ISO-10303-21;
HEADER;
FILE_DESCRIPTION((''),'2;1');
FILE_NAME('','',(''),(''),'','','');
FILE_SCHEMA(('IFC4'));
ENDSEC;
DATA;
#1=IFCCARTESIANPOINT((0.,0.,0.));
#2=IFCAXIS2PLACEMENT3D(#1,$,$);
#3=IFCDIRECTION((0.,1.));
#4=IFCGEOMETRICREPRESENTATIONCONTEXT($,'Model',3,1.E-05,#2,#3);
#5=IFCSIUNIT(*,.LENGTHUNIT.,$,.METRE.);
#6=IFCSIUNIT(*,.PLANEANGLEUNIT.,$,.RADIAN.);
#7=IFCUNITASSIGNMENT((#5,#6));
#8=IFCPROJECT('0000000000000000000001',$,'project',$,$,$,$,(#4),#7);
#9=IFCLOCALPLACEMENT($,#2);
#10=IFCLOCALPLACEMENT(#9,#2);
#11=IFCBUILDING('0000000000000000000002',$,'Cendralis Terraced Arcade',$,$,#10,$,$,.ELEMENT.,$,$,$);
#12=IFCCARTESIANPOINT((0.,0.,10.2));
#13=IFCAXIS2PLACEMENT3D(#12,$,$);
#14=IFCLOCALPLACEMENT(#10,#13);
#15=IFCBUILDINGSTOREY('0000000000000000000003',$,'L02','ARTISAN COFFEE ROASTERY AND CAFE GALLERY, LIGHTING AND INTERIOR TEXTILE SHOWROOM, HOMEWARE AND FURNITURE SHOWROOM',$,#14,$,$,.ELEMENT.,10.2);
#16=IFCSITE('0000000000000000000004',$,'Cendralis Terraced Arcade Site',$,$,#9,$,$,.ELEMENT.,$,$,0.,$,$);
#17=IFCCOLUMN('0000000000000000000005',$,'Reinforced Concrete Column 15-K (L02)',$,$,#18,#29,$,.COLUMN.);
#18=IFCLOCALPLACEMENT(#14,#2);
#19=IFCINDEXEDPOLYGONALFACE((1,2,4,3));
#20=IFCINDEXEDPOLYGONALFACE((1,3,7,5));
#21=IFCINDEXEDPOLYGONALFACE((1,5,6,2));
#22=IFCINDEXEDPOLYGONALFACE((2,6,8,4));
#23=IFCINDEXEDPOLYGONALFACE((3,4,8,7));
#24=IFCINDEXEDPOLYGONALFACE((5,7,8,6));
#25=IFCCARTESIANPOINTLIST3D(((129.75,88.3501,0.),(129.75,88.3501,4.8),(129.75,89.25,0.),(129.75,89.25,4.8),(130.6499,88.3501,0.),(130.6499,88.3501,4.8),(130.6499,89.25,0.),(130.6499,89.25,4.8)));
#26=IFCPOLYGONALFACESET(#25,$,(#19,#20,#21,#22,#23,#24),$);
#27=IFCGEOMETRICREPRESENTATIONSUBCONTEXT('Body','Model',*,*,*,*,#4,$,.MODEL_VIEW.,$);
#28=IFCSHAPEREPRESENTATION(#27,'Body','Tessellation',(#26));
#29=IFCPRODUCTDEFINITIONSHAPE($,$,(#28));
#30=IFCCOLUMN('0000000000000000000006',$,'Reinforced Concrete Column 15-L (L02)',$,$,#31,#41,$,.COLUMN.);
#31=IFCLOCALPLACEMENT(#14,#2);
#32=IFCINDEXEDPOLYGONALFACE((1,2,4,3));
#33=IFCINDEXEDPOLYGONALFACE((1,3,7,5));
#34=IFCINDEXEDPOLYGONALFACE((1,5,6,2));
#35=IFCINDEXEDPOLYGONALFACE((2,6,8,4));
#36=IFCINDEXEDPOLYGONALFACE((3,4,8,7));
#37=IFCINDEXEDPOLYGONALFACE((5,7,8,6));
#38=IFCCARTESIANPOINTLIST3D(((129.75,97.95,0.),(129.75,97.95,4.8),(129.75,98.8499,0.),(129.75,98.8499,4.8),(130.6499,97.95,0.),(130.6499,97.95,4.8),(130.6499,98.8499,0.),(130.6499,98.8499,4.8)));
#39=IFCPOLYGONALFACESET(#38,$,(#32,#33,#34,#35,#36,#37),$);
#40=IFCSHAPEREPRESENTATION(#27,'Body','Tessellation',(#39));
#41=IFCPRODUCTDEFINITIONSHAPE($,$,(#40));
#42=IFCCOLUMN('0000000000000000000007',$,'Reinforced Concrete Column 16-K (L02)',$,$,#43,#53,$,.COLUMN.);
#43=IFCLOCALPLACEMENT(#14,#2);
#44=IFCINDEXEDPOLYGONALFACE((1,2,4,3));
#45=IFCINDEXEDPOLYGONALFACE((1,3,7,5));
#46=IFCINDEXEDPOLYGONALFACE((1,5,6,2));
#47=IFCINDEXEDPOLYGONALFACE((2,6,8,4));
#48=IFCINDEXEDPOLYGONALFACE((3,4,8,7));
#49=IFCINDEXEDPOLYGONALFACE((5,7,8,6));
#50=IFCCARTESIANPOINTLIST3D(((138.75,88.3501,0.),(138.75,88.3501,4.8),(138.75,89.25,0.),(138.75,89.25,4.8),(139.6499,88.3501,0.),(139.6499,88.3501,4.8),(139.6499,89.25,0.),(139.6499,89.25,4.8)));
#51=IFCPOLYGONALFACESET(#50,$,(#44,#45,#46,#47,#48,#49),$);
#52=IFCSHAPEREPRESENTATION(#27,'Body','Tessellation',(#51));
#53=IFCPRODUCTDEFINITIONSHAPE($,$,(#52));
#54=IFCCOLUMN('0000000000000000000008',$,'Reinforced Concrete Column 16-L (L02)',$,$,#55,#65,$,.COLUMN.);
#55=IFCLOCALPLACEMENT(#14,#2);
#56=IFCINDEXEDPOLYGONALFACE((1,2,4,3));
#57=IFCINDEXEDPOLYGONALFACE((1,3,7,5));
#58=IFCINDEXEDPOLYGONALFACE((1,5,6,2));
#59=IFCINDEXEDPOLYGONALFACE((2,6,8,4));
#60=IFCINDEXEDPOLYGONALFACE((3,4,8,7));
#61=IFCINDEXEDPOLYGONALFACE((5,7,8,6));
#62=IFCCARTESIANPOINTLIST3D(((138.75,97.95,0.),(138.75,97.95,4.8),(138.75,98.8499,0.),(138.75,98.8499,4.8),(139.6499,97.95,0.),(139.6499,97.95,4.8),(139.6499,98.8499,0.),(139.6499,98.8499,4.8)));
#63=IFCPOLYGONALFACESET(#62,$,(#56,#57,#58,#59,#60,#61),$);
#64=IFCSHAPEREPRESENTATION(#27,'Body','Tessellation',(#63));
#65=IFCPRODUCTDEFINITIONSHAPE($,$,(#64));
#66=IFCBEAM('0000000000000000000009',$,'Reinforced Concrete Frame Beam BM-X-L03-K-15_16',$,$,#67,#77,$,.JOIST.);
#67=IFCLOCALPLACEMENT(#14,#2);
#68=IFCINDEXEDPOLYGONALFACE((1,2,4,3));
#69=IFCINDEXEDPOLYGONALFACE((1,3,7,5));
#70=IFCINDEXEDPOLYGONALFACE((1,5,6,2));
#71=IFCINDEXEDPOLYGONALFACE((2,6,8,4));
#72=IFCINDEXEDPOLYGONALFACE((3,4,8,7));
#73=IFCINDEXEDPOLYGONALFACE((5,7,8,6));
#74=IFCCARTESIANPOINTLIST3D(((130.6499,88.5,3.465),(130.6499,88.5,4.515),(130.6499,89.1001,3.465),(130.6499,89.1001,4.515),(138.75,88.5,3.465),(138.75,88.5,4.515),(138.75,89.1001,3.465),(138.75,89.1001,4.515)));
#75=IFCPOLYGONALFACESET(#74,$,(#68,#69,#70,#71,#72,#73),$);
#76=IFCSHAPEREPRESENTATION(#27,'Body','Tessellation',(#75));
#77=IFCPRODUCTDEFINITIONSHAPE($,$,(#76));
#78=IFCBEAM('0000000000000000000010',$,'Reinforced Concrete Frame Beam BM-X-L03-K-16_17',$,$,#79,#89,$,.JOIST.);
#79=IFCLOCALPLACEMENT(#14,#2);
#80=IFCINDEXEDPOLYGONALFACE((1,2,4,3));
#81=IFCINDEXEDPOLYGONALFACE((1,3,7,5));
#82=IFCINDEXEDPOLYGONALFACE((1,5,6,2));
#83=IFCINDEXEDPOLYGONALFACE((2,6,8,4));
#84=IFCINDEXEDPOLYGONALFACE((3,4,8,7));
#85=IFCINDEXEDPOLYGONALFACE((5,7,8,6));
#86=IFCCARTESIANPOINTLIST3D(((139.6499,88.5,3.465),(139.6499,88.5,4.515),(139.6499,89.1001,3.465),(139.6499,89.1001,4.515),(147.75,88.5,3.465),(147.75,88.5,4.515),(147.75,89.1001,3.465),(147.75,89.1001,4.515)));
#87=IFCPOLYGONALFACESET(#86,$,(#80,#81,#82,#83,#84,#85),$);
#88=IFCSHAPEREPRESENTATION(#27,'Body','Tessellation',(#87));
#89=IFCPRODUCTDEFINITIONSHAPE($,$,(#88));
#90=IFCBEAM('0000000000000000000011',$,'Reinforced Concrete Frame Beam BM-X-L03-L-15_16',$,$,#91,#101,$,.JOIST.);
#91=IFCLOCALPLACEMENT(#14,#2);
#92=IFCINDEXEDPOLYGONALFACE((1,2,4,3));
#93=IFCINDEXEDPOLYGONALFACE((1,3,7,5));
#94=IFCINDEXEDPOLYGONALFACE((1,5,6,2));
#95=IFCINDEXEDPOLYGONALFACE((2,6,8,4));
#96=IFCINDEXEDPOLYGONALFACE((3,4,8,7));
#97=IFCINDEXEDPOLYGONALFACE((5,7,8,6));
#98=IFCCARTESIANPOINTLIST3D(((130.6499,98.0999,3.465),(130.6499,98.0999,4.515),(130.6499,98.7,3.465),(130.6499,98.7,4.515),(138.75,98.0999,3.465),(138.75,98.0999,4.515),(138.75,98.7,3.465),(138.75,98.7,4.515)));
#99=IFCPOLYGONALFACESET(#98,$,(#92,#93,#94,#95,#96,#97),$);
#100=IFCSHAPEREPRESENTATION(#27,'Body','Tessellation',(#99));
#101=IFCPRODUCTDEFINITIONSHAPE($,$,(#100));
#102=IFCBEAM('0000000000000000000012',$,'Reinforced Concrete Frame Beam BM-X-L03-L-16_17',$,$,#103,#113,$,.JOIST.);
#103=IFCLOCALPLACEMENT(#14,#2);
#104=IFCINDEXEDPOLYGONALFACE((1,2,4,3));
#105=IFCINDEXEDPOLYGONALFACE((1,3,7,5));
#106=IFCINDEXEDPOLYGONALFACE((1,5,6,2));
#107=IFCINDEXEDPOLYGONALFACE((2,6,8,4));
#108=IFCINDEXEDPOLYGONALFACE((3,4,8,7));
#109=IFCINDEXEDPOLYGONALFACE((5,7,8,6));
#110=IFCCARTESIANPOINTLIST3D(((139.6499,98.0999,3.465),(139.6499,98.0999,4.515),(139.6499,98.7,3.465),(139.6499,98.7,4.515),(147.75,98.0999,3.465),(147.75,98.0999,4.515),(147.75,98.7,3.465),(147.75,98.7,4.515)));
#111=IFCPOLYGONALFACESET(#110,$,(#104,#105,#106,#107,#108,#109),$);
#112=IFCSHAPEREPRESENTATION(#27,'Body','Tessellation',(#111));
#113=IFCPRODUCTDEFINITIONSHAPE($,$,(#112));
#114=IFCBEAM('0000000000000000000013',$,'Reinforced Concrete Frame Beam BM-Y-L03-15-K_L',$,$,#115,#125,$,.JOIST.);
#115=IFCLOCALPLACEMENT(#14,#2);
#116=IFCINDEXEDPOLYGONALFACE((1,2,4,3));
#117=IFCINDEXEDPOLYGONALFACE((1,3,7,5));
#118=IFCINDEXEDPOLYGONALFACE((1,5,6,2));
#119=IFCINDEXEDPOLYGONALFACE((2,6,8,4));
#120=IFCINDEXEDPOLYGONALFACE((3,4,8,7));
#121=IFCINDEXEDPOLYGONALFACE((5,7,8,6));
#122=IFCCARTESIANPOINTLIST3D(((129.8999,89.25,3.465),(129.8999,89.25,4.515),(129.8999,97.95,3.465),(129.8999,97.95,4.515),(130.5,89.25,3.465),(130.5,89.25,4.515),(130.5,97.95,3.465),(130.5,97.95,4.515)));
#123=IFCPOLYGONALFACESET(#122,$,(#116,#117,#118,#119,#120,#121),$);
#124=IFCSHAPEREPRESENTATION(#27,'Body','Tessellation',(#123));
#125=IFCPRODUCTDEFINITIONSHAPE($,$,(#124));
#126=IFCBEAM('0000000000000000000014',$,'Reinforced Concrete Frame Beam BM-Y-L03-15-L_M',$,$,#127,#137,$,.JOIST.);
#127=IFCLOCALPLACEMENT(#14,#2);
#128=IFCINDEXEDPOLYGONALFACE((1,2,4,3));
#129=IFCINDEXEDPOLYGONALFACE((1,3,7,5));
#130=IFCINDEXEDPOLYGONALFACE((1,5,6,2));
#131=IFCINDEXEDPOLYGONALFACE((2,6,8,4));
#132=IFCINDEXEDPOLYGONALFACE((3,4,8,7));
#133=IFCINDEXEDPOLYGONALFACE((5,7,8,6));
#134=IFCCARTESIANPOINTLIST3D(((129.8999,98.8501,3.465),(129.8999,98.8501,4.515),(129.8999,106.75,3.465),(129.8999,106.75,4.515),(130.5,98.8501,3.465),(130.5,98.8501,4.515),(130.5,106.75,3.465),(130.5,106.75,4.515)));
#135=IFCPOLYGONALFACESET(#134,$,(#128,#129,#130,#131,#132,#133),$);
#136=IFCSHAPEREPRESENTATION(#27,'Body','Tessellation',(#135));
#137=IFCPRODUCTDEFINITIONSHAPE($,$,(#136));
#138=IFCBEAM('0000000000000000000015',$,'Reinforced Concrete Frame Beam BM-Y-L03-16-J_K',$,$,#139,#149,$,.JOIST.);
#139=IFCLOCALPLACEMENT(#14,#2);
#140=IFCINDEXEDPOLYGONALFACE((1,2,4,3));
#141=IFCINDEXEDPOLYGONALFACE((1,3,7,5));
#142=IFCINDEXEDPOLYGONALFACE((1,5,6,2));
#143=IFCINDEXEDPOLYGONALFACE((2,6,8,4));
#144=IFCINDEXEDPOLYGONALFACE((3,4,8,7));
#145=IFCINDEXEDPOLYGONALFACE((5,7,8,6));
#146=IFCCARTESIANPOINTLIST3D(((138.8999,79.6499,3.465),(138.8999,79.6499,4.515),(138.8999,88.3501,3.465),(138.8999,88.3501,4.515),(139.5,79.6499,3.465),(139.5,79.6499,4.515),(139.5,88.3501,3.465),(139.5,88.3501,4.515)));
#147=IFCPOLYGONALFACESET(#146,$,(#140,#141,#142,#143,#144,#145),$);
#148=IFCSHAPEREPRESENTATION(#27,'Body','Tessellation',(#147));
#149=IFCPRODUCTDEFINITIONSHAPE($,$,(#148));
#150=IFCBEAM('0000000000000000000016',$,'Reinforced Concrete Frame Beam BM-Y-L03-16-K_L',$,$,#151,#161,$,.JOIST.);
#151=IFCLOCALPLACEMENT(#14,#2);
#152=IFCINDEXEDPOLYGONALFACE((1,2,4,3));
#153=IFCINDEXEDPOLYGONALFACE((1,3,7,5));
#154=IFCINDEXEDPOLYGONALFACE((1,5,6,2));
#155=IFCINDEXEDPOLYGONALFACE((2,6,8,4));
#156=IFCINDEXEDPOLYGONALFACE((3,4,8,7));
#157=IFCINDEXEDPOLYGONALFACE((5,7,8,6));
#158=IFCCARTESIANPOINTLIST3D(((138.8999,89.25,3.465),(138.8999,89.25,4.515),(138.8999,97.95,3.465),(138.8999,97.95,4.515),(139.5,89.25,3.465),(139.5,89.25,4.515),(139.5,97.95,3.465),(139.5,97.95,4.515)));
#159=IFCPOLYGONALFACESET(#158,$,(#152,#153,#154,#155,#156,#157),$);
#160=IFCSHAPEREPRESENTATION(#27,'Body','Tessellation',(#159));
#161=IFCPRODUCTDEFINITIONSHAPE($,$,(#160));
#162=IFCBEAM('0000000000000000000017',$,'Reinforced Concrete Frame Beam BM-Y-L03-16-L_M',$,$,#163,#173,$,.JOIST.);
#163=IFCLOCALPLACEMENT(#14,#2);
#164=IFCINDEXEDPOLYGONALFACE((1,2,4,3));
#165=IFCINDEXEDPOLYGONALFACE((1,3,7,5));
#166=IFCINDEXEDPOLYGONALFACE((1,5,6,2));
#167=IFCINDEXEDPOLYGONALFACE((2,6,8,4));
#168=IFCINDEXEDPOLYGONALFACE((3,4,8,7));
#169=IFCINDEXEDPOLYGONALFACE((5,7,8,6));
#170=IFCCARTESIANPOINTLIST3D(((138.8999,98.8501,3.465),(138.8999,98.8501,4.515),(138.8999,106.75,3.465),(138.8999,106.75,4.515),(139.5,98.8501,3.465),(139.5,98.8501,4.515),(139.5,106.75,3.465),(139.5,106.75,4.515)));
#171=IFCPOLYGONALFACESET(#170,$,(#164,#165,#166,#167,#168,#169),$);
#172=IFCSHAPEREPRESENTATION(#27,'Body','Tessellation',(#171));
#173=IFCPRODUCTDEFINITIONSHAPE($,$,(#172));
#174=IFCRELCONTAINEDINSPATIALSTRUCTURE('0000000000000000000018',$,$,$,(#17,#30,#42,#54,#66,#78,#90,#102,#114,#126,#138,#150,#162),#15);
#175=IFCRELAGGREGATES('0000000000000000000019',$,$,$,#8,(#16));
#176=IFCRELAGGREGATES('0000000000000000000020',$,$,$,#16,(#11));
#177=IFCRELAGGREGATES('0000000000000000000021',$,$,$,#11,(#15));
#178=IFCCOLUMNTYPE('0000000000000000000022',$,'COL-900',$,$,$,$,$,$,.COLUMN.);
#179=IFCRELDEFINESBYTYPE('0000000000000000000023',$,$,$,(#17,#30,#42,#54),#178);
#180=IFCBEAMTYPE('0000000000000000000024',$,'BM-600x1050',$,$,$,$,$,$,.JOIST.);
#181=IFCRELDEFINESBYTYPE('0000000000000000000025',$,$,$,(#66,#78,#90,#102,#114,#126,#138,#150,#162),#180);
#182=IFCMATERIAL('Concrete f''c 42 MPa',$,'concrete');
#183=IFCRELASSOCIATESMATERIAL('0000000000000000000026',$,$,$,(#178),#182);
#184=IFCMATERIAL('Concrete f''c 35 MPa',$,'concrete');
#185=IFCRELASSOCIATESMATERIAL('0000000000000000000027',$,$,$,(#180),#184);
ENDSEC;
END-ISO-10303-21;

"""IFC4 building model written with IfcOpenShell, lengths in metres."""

from ifc_helpers import new_model, si_unit, direction, frame, origin, origin_2d, place, context, subcontext, project, spatial, rectangle, extrude, material, material_profile, profile_set, type_object, element, save


model = new_model("IFC4")

# Units and contexts
model_context = context("Model", 3, precision=1e-05, world=origin(), true_north=direction((0.0, 1.0)))
body_context = subcontext(model_context, "Body", "Model", "MODEL_VIEW")
ifc_project = project(units=[si_unit("LENGTHUNIT", "METRE"), si_unit("PLANEANGLEUNIT", "RADIAN")], contexts=[model_context])

# Site, building, storey
site_placement = place(None, origin())
site = spatial("IfcSite", under=ifc_project, at=site_placement, Name="Cendralis Terraced Arcade Site", CompositionType="ELEMENT", RefElevation=0.0)
building_placement = place(site_placement, origin())
building = spatial("IfcBuilding", under=site, at=building_placement, Name="Cendralis Terraced Arcade", CompositionType="ELEMENT")
storey_placement = place(building_placement, frame((0.0, 0.0, 10.2)))
storey = spatial("IfcBuildingStorey", under=building, at=storey_placement, Name="L02", Description="ARTISAN COFFEE ROASTERY AND CAFE GALLERY, LIGHTING AND INTERIOR TEXTILE SHOWROOM, HOMEWARE AND FURNITURE SHOWROOM", CompositionType="ELEMENT", Elevation=10.2)

# Columns
ifc_material_1 = material(Name="Concrete f'c 42 MPa", Category="concrete")
ifc_material_profile_1 = material_profile(ifc_material_1, rectangle(XDim=0.8999, YDim=0.8999, at=origin_2d()), Name="RC-COL-900x900", Category="LoadBearing")
ifc_profile_set_1 = profile_set([ifc_material_profile_1], Name="Concrete f'c 42 MPa")
column_type = type_object("IfcColumnType", Name="COL-900", PredefinedType="COLUMN", material=ifc_profile_set_1)
for number, where, z_axis, x_axis, name in (
    (1, (130.2, 88.8, 0.0), (0.0, 0.0, 1.0), (1.0, 0.0, 0.0), "Reinforced Concrete Column 15-K (L02)"),
    (2, (130.2, 98.3999, 0.0), (0.0, 0.0, 1.0), (1.0, 0.0, 0.0), "Reinforced Concrete Column 15-L (L02)"),
    (3, (139.2, 88.8, 0.0), (0.0, 0.0, 1.0), (1.0, 0.0, 0.0), "Reinforced Concrete Column 16-K (L02)"),
    (4, (139.2, 98.3999, 0.0), (0.0, 0.0, 1.0), (1.0, 0.0, 0.0), "Reinforced Concrete Column 16-L (L02)"),
):
    element("IfcColumn", number, at=place(storey_placement, frame(where, z_axis=z_axis, x_axis=x_axis)), inside=storey, type_object=column_type, Name=name, PredefinedType="COLUMN", context=body_context, shape_type="SweptSolid", body=[
        extrude(rectangle(XDim=0.8999, YDim=0.8999, at=origin_2d()), origin(), (0.0, 0.0, 1.0), 4.8),
    ])

# Beams
ifc_material_2 = material(Name="Concrete f'c 35 MPa", Category="concrete")
ifc_material_profile_2 = material_profile(ifc_material_2, rectangle(XDim=0.6001, YDim=1.05, at=origin_2d()), Name="RC-BM-600x1050", Category="LoadBearing")
ifc_profile_set_2 = profile_set([ifc_material_profile_2], Name="Concrete f'c 35 MPa")
beam_type = type_object("IfcBeamType", Name="BM-600x1050", PredefinedType="JOIST", material=ifc_profile_set_2)
for number, where, z_axis, x_axis, name in (
    (5, (130.6499, 88.8, 3.99), (1.0, 0.0, 0.0), (0.0, 1.0, 0.0), "Reinforced Concrete Frame Beam BM-X-L03-K-15_16"),
    (6, (139.6499, 88.8, 3.99), (1.0, 0.0, 0.0), (0.0, 1.0, 0.0), "Reinforced Concrete Frame Beam BM-X-L03-K-16_17"),
    (7, (130.6499, 98.3999, 3.99), (1.0, 0.0, 0.0), (0.0, 1.0, 0.0), "Reinforced Concrete Frame Beam BM-X-L03-L-15_16"),
    (8, (139.6499, 98.3999, 3.99), (1.0, 0.0, 0.0), (0.0, 1.0, 0.0), "Reinforced Concrete Frame Beam BM-X-L03-L-16_17"),
):
    element("IfcBeam", number, at=place(storey_placement, frame(where, z_axis=z_axis, x_axis=x_axis)), inside=storey, type_object=beam_type, Name=name, PredefinedType="JOIST", context=body_context, shape_type="SweptSolid", body=[
        extrude(rectangle(XDim=0.6001, YDim=1.05, at=origin_2d()), origin(), (0.0, 0.0, 1.0), 8.1001),
    ])
beam_1_placement = place(storey_placement, frame((130.2, 89.25, 3.99), z_axis=(0.0, 1.0, 0.0), x_axis=(-1.0, 0.0, 0.0)))
element("IfcBeam", 9, at=beam_1_placement, inside=storey, type_object=beam_type, Name="Reinforced Concrete Frame Beam BM-Y-L03-15-K_L", PredefinedType="JOIST", context=body_context, shape_type="SweptSolid", body=[
    extrude(rectangle(XDim=0.6001, YDim=1.05, at=origin_2d()), origin(), (0.0, 0.0, 1.0), 8.7),
])
beam_2_placement = place(storey_placement, frame((130.2, 98.8501, 3.99), z_axis=(0.0, 1.0, 0.0), x_axis=(-1.0, 0.0, 0.0)))
element("IfcBeam", 10, at=beam_2_placement, inside=storey, type_object=beam_type, Name="Reinforced Concrete Frame Beam BM-Y-L03-15-L_M", PredefinedType="JOIST", context=body_context, shape_type="SweptSolid", body=[
    extrude(rectangle(XDim=0.6001, YDim=1.05, at=origin_2d()), origin(), (0.0, 0.0, 1.0), 7.8999),
])
beam_3_placement = place(storey_placement, frame((139.2, 79.6499, 3.99), z_axis=(0.0, 1.0, 0.0), x_axis=(-1.0, 0.0, 0.0)))
element("IfcBeam", 11, at=beam_3_placement, inside=storey, type_object=beam_type, Name="Reinforced Concrete Frame Beam BM-Y-L03-16-J_K", PredefinedType="JOIST", context=body_context, shape_type="SweptSolid", body=[
    extrude(rectangle(XDim=0.6001, YDim=1.05, at=origin_2d()), origin(), (0.0, 0.0, 1.0), 8.7002),
])
beam_4_placement = place(storey_placement, frame((139.2, 89.25, 3.99), z_axis=(0.0, 1.0, 0.0), x_axis=(-1.0, 0.0, 0.0)))
element("IfcBeam", 12, at=beam_4_placement, inside=storey, type_object=beam_type, Name="Reinforced Concrete Frame Beam BM-Y-L03-16-K_L", PredefinedType="JOIST", context=body_context, shape_type="SweptSolid", body=[
    extrude(rectangle(XDim=0.6001, YDim=1.05, at=origin_2d()), origin(), (0.0, 0.0, 1.0), 8.7),
])
beam_5_placement = place(storey_placement, frame((139.2, 98.8501, 3.99), z_axis=(0.0, 1.0, 0.0), x_axis=(-1.0, 0.0, 0.0)))
element("IfcBeam", 13, at=beam_5_placement, inside=storey, type_object=beam_type, Name="Reinforced Concrete Frame Beam BM-Y-L03-16-L_M", PredefinedType="JOIST", context=body_context, shape_type="SweptSolid", body=[
    extrude(rectangle(XDim=0.6001, YDim=1.05, at=origin_2d()), origin(), (0.0, 0.0, 1.0), 7.8999),
])

save(model, "model.ifc")
